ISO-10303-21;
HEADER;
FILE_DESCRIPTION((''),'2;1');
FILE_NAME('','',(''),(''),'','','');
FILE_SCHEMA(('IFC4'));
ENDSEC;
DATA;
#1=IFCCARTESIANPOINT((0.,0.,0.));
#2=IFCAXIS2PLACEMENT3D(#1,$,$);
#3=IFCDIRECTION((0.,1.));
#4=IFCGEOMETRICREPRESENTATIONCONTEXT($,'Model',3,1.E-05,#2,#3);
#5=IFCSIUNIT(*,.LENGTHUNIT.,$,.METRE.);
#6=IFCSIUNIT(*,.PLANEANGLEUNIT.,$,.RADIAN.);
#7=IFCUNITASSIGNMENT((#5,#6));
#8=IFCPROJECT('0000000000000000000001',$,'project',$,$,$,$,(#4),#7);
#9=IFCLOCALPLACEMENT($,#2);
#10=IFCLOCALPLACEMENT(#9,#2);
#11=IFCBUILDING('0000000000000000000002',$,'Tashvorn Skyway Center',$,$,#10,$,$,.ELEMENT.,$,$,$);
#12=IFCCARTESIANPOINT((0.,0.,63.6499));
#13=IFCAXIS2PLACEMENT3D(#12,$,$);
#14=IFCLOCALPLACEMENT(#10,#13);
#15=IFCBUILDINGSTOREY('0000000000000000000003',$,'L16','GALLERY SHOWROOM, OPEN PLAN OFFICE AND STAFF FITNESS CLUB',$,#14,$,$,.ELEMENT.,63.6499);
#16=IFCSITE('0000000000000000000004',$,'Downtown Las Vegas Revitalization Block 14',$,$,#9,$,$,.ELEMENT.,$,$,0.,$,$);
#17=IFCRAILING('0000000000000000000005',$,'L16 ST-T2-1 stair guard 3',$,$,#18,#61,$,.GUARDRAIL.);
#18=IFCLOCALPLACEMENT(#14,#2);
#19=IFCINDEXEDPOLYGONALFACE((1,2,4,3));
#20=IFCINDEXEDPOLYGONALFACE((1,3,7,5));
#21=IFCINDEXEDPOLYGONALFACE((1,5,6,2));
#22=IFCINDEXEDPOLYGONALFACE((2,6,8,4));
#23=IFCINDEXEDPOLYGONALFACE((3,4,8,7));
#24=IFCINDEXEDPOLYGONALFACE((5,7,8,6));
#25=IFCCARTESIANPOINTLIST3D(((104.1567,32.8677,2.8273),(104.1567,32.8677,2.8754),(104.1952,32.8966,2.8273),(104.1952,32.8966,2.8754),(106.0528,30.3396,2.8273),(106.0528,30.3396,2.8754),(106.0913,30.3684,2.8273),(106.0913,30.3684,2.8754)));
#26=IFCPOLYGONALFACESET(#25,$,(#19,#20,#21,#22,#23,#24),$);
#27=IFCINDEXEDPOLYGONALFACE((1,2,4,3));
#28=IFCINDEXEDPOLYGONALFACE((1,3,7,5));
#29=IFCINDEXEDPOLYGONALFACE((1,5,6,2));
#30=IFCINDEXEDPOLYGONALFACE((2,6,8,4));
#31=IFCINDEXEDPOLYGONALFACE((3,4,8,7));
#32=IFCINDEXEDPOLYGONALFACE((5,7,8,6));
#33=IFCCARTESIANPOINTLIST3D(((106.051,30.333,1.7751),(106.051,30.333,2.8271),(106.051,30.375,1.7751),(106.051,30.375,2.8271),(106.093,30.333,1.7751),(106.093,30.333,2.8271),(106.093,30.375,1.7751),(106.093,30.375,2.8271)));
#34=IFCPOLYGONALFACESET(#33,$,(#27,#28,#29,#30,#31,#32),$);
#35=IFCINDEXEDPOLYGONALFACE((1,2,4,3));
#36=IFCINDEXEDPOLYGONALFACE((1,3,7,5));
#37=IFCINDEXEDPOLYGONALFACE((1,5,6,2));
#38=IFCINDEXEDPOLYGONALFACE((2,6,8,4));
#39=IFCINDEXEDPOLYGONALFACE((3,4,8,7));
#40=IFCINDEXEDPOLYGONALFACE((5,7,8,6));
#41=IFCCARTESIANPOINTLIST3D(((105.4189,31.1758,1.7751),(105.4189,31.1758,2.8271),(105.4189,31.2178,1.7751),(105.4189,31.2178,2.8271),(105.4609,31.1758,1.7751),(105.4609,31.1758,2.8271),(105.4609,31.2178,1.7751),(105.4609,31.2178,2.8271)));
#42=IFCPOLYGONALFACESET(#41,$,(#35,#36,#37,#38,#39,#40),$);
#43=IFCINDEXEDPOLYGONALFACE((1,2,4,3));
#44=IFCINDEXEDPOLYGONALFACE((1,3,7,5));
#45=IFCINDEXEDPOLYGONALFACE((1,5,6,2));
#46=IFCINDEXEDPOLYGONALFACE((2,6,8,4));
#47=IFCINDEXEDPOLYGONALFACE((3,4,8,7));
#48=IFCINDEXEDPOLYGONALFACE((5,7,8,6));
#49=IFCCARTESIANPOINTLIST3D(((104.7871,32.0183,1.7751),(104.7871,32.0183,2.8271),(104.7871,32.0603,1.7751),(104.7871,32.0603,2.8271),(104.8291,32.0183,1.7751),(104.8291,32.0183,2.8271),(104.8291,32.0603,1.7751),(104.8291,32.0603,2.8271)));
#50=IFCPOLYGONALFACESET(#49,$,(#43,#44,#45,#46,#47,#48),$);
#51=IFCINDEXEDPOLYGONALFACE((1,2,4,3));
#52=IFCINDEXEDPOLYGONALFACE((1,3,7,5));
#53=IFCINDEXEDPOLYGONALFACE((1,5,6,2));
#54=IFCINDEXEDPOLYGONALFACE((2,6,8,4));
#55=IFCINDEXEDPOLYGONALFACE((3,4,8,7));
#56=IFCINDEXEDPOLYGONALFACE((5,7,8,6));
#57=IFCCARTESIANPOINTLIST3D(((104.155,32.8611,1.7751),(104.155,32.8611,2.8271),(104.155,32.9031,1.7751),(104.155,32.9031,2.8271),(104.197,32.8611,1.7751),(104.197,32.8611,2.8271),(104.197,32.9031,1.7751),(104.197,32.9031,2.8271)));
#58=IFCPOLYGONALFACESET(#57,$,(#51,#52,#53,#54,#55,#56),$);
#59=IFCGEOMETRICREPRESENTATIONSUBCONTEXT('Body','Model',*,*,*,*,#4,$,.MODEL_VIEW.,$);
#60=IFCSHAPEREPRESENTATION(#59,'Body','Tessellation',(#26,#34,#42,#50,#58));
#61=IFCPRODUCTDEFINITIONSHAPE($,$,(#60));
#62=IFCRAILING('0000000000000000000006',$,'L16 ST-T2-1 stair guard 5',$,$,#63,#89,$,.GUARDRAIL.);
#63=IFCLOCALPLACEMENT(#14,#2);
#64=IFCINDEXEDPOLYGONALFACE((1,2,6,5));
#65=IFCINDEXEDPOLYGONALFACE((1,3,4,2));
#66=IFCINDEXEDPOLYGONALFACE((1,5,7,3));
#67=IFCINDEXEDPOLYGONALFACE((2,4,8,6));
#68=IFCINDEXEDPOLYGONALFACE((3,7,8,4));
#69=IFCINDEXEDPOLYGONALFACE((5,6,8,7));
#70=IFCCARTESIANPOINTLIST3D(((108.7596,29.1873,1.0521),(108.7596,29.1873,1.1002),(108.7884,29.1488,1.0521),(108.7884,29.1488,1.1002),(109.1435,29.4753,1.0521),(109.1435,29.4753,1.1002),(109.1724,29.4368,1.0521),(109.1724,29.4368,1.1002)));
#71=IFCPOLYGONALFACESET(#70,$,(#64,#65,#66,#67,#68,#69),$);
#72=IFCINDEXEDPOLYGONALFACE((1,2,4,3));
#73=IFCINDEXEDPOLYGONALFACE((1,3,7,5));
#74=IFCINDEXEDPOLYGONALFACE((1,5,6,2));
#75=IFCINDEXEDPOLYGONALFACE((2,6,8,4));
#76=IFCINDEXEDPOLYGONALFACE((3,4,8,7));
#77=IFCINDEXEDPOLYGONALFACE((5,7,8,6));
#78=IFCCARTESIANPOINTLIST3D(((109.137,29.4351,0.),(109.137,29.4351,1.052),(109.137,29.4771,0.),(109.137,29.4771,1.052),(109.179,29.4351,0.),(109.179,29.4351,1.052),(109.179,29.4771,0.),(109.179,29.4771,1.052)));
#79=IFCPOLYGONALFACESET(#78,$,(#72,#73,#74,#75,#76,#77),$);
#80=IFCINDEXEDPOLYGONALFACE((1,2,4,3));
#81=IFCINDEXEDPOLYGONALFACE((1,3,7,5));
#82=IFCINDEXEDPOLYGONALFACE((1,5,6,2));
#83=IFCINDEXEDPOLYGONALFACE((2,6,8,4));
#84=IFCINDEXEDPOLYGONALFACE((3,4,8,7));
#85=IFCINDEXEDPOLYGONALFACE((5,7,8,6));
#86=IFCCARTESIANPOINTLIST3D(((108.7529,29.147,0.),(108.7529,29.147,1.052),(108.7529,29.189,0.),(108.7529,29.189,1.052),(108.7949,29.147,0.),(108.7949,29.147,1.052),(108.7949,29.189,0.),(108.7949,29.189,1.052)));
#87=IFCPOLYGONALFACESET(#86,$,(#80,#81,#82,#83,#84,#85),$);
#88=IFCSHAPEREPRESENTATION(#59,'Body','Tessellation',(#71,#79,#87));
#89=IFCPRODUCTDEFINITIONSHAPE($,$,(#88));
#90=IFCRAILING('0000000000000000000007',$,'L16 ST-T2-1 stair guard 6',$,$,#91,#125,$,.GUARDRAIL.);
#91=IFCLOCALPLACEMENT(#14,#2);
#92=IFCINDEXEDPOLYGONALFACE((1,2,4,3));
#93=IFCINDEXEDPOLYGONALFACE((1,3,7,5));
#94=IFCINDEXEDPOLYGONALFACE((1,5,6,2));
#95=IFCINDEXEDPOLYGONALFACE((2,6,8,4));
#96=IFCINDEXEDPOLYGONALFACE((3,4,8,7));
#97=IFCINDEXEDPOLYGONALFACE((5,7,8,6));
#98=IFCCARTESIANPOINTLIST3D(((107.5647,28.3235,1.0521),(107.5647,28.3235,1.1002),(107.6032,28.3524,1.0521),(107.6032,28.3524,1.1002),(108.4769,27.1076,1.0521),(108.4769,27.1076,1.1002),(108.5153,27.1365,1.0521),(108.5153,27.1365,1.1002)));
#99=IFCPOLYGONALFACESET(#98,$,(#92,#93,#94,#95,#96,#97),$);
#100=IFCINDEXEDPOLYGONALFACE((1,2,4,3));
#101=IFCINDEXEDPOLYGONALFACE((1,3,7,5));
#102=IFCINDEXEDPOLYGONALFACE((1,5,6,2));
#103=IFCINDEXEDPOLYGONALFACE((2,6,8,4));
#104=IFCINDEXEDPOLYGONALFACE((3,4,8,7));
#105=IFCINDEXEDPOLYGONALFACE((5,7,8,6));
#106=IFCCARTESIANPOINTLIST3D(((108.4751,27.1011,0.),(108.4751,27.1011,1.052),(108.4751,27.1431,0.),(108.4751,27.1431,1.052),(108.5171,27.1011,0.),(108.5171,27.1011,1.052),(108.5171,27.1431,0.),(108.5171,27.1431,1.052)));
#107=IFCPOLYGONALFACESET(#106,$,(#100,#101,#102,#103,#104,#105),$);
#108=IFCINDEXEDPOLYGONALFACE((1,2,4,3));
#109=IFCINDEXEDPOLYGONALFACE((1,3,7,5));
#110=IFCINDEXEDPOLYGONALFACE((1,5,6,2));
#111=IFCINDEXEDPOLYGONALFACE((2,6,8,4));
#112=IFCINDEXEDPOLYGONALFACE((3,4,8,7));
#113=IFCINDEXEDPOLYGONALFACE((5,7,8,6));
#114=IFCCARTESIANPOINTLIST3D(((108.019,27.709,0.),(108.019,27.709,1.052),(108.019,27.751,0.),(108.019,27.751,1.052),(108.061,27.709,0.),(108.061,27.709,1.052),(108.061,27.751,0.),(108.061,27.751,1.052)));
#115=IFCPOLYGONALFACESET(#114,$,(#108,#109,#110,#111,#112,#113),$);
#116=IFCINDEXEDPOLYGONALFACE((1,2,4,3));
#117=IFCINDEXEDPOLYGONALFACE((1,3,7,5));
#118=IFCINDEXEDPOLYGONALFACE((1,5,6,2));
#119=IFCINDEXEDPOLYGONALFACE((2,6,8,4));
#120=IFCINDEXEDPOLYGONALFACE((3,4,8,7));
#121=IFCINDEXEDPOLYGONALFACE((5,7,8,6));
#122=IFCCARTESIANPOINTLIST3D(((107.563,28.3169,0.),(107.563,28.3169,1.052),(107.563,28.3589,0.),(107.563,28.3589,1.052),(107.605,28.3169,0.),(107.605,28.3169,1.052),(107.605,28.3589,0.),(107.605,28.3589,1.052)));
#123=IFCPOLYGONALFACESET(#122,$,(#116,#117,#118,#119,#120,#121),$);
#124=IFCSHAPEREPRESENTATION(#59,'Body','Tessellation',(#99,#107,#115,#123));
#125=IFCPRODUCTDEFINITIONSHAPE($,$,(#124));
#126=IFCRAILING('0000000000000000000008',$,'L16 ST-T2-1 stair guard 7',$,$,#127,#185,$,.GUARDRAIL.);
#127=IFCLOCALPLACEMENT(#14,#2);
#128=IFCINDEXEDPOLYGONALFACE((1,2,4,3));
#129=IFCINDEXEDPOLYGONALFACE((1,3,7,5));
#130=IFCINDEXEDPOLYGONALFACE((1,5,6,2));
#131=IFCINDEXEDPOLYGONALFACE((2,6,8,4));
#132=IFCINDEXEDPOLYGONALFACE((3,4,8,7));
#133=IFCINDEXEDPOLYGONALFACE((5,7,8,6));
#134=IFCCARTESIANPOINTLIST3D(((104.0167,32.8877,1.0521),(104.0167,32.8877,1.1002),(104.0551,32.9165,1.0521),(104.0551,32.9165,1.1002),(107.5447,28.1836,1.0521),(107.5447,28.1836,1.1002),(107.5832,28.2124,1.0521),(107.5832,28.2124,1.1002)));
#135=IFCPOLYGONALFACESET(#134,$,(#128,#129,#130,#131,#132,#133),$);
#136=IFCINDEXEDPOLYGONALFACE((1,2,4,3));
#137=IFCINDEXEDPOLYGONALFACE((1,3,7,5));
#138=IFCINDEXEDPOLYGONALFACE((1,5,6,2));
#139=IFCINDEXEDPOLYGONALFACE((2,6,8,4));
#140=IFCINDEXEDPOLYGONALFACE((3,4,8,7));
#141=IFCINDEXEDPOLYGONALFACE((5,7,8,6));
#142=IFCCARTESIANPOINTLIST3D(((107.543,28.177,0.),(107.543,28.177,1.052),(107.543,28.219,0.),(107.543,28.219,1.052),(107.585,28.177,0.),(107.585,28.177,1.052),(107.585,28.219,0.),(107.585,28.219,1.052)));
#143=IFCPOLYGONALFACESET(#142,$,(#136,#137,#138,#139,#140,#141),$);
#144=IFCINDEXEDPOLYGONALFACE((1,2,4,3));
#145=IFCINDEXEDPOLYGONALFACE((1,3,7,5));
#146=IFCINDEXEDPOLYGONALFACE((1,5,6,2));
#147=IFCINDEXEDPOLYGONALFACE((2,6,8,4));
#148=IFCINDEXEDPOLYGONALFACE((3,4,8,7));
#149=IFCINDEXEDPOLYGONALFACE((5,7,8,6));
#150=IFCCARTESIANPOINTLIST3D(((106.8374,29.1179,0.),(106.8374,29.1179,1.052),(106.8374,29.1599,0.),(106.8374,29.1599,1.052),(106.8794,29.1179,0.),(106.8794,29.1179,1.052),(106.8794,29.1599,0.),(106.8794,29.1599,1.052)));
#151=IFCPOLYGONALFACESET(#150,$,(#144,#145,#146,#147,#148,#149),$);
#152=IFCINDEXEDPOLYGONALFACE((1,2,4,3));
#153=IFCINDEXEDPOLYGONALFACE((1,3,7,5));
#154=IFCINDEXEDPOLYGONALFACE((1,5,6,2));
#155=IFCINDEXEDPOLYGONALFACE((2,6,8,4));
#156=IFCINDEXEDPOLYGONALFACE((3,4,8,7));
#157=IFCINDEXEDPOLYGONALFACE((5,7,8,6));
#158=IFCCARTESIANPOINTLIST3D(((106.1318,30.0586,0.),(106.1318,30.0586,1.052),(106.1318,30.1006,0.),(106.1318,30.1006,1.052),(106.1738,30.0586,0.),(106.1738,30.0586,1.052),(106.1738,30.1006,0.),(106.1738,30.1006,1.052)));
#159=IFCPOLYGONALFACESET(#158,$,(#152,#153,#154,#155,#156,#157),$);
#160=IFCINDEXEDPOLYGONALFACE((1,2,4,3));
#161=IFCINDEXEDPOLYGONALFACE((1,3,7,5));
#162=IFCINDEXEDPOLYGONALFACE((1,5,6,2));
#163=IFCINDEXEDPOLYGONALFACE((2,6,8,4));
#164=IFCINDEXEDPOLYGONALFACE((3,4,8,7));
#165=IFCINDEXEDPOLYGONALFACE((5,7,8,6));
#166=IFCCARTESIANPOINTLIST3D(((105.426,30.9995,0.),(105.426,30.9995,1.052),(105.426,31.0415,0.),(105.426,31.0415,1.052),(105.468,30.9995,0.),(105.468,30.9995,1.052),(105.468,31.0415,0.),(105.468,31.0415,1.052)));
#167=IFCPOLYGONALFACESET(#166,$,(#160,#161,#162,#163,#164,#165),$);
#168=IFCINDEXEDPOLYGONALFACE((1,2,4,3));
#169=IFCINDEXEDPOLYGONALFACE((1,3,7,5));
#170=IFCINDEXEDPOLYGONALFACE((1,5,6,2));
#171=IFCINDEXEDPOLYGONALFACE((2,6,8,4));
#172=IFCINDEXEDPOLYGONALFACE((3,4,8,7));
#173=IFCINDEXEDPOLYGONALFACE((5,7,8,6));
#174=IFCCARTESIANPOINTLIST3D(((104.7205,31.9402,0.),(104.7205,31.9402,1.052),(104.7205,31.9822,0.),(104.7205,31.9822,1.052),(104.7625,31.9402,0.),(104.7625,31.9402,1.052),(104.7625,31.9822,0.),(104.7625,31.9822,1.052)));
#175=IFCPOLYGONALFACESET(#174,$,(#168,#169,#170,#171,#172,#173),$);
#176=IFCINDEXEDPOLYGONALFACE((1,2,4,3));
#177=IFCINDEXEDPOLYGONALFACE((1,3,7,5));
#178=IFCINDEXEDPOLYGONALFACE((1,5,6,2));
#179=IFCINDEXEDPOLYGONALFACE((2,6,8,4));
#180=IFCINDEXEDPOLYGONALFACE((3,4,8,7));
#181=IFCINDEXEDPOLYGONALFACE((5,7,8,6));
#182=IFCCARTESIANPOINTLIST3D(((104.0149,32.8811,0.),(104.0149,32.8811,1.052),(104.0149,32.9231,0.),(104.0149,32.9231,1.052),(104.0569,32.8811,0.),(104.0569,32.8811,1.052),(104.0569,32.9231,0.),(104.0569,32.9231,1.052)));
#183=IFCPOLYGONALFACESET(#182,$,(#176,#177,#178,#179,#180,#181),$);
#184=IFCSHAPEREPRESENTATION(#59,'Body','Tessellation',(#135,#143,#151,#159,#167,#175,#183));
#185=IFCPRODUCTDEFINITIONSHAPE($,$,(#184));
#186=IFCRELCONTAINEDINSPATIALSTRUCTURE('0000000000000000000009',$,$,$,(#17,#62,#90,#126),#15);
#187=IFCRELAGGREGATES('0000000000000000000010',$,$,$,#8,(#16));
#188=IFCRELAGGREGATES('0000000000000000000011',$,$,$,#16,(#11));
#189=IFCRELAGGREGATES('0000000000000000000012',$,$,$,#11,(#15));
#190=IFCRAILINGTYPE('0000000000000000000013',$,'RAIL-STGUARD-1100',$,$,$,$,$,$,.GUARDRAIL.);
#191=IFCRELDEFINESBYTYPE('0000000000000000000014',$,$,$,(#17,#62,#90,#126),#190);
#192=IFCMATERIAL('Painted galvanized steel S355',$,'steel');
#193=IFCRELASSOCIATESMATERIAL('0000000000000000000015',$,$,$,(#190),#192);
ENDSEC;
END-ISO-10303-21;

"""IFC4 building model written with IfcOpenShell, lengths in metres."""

from ifc_helpers import new_model, si_unit, direction, frame, origin, origin_2d, place, context, subcontext, project, spatial, rectangle, extrude, material, type_object, element, save


model = new_model("IFC4")

# Units and contexts
model_context = context("Model", 3, precision=1e-05, world=origin(), true_north=direction((0.0, 1.0)))
body_context = subcontext(model_context, "Body", "Model", "MODEL_VIEW")
ifc_project = project(units=[si_unit("LENGTHUNIT", "METRE"), si_unit("PLANEANGLEUNIT", "RADIAN")], contexts=[model_context])

# Site, building, storey
site_placement = place(None, origin())
site = spatial("IfcSite", under=ifc_project, at=site_placement, Name="Downtown Las Vegas Revitalization Block 14", CompositionType="ELEMENT", RefElevation=0.0)
building_placement = place(site_placement, origin())
building = spatial("IfcBuilding", under=site, at=building_placement, Name="Tashvorn Skyway Center", CompositionType="ELEMENT")
storey_placement = place(building_placement, frame((0.0, 0.0, 63.6499)))
storey = spatial("IfcBuildingStorey", under=building, at=storey_placement, Name="L16", Description="GALLERY SHOWROOM, OPEN PLAN OFFICE AND STAFF FITNESS CLUB", CompositionType="ELEMENT", Elevation=63.6499)

# Railings
ifc_material_1 = material(Name="Painted galvanized steel S355", Category="steel")
railing_type_1 = type_object("IfcRailingType", Name="RAIL-STGUARD-1100", PredefinedType="GUARDRAIL", material=ifc_material_1)
railing_1_placement = place(storey_placement, frame((106.072, 30.354, 1.7751)))
element("IfcRailing", 1, at=railing_1_placement, inside=storey, type_object=railing_type_1, Name="L16 ST-T2-1 stair guard 3", PredefinedType="GUARDRAIL", context=body_context, shape_type="SweptSolid", body=[
    extrude(rectangle(XDim=0.0481, YDim=0.0481, at=origin_2d()), frame((0.0, 0.0, 1.0762), z_axis=(-0.599988, 0.800009, 0.0), x_axis=(-0.800009, -0.599988, 0.0)), (0.0, 0.0, 1.0), 3.1602),
    extrude(rectangle(XDim=0.042, YDim=0.042, at=origin_2d()), origin(), (0.0, 0.0, 1.0), 1.052),
    extrude(rectangle(XDim=0.042, YDim=0.042, at=origin_2d()), frame((-0.6321, 0.8428, 0.0)), (0.0, 0.0, 1.0), 1.052),
    extrude(rectangle(XDim=0.042, YDim=0.042, at=origin_2d()), frame((-1.2639, 1.6853, 0.0)), (0.0, 0.0, 1.0), 1.052),
    extrude(rectangle(XDim=0.042, YDim=0.042, at=origin_2d()), frame((-1.896, 2.5281, 0.0)), (0.0, 0.0, 1.0), 1.052),
])
railing_2_placement = place(storey_placement, frame((109.158, 29.4561, 0.0)))
element("IfcRailing", 2, at=railing_2_placement, inside=storey, type_object=railing_type_1, Name="L16 ST-T2-1 stair guard 5", PredefinedType="GUARDRAIL", context=body_context, shape_type="SweptSolid", body=[
    extrude(rectangle(XDim=0.0481, YDim=0.0481, at=origin_2d()), frame((0.0, 0.0, 1.0762), z_axis=(-0.799939, -0.600081, 0.0), x_axis=(0.600081, -0.799939, 0.0)), (0.0, 0.0, 1.0), 0.48),
    extrude(rectangle(XDim=0.042, YDim=0.042, at=origin_2d()), origin(), (0.0, 0.0, 1.0), 1.052),
    extrude(rectangle(XDim=0.042, YDim=0.042, at=origin_2d()), frame((-0.384, -0.2881, 0.0)), (0.0, 0.0, 1.0), 1.052),
])
railing_3_placement = place(storey_placement, frame((108.4961, 27.1221, 0.0)))
element("IfcRailing", 3, at=railing_3_placement, inside=storey, type_object=railing_type_1, Name="L16 ST-T2-1 stair guard 6", PredefinedType="GUARDRAIL", context=body_context, shape_type="SweptSolid", body=[
    extrude(rectangle(XDim=0.0481, YDim=0.0481, at=origin_2d()), frame((0.0, 0.0, 1.0762), z_axis=(-0.600103, 0.799923, 0.0), x_axis=(-0.799923, -0.600103, 0.0)), (0.0, 0.0, 1.0), 1.52),
    extrude(rectangle(XDim=0.042, YDim=0.042, at=origin_2d()), origin(), (0.0, 0.0, 1.0), 1.052),
    extrude(rectangle(XDim=0.042, YDim=0.042, at=origin_2d()), frame((-0.4561, 0.6079, 0.0)), (0.0, 0.0, 1.0), 1.052),
    extrude(rectangle(XDim=0.042, YDim=0.042, at=origin_2d()), frame((-0.9121, 1.2158, 0.0)), (0.0, 0.0, 1.0), 1.052),
])
railing_4_placement = place(storey_placement, frame((107.564, 28.198, 0.0)))
element("IfcRailing", 4, at=railing_4_placement, inside=storey, type_object=railing_type_1, Name="L16 ST-T2-1 stair guard 7", PredefinedType="GUARDRAIL", context=body_context, shape_type="SweptSolid", body=[
    extrude(rectangle(XDim=0.0481, YDim=0.0481, at=origin_2d()), frame((0.0, 0.0, 1.0762), z_axis=(-0.6, 0.8, 0.0), x_axis=(-0.8, -0.6, 0.0)), (0.0, 0.0, 1.0), 5.8801),
    extrude(rectangle(XDim=0.042, YDim=0.042, at=origin_2d()), origin(), (0.0, 0.0, 1.0), 1.052),
    extrude(rectangle(XDim=0.042, YDim=0.042, at=origin_2d()), frame((-0.7056, 0.9409, 0.0)), (0.0, 0.0, 1.0), 1.052),
    extrude(rectangle(XDim=0.042, YDim=0.042, at=origin_2d()), frame((-1.4111, 1.8816, 0.0)), (0.0, 0.0, 1.0), 1.052),
    extrude(rectangle(XDim=0.042, YDim=0.042, at=origin_2d()), frame((-2.1169, 2.8225, 0.0)), (0.0, 0.0, 1.0), 1.052),
    extrude(rectangle(XDim=0.042, YDim=0.042, at=origin_2d()), frame((-2.8225, 3.7632, 0.0)), (0.0, 0.0, 1.0), 1.052),
    extrude(rectangle(XDim=0.042, YDim=0.042, at=origin_2d()), frame((-3.5281, 4.7041, 0.0)), (0.0, 0.0, 1.0), 1.052),
])

save(model, "model.ifc")
